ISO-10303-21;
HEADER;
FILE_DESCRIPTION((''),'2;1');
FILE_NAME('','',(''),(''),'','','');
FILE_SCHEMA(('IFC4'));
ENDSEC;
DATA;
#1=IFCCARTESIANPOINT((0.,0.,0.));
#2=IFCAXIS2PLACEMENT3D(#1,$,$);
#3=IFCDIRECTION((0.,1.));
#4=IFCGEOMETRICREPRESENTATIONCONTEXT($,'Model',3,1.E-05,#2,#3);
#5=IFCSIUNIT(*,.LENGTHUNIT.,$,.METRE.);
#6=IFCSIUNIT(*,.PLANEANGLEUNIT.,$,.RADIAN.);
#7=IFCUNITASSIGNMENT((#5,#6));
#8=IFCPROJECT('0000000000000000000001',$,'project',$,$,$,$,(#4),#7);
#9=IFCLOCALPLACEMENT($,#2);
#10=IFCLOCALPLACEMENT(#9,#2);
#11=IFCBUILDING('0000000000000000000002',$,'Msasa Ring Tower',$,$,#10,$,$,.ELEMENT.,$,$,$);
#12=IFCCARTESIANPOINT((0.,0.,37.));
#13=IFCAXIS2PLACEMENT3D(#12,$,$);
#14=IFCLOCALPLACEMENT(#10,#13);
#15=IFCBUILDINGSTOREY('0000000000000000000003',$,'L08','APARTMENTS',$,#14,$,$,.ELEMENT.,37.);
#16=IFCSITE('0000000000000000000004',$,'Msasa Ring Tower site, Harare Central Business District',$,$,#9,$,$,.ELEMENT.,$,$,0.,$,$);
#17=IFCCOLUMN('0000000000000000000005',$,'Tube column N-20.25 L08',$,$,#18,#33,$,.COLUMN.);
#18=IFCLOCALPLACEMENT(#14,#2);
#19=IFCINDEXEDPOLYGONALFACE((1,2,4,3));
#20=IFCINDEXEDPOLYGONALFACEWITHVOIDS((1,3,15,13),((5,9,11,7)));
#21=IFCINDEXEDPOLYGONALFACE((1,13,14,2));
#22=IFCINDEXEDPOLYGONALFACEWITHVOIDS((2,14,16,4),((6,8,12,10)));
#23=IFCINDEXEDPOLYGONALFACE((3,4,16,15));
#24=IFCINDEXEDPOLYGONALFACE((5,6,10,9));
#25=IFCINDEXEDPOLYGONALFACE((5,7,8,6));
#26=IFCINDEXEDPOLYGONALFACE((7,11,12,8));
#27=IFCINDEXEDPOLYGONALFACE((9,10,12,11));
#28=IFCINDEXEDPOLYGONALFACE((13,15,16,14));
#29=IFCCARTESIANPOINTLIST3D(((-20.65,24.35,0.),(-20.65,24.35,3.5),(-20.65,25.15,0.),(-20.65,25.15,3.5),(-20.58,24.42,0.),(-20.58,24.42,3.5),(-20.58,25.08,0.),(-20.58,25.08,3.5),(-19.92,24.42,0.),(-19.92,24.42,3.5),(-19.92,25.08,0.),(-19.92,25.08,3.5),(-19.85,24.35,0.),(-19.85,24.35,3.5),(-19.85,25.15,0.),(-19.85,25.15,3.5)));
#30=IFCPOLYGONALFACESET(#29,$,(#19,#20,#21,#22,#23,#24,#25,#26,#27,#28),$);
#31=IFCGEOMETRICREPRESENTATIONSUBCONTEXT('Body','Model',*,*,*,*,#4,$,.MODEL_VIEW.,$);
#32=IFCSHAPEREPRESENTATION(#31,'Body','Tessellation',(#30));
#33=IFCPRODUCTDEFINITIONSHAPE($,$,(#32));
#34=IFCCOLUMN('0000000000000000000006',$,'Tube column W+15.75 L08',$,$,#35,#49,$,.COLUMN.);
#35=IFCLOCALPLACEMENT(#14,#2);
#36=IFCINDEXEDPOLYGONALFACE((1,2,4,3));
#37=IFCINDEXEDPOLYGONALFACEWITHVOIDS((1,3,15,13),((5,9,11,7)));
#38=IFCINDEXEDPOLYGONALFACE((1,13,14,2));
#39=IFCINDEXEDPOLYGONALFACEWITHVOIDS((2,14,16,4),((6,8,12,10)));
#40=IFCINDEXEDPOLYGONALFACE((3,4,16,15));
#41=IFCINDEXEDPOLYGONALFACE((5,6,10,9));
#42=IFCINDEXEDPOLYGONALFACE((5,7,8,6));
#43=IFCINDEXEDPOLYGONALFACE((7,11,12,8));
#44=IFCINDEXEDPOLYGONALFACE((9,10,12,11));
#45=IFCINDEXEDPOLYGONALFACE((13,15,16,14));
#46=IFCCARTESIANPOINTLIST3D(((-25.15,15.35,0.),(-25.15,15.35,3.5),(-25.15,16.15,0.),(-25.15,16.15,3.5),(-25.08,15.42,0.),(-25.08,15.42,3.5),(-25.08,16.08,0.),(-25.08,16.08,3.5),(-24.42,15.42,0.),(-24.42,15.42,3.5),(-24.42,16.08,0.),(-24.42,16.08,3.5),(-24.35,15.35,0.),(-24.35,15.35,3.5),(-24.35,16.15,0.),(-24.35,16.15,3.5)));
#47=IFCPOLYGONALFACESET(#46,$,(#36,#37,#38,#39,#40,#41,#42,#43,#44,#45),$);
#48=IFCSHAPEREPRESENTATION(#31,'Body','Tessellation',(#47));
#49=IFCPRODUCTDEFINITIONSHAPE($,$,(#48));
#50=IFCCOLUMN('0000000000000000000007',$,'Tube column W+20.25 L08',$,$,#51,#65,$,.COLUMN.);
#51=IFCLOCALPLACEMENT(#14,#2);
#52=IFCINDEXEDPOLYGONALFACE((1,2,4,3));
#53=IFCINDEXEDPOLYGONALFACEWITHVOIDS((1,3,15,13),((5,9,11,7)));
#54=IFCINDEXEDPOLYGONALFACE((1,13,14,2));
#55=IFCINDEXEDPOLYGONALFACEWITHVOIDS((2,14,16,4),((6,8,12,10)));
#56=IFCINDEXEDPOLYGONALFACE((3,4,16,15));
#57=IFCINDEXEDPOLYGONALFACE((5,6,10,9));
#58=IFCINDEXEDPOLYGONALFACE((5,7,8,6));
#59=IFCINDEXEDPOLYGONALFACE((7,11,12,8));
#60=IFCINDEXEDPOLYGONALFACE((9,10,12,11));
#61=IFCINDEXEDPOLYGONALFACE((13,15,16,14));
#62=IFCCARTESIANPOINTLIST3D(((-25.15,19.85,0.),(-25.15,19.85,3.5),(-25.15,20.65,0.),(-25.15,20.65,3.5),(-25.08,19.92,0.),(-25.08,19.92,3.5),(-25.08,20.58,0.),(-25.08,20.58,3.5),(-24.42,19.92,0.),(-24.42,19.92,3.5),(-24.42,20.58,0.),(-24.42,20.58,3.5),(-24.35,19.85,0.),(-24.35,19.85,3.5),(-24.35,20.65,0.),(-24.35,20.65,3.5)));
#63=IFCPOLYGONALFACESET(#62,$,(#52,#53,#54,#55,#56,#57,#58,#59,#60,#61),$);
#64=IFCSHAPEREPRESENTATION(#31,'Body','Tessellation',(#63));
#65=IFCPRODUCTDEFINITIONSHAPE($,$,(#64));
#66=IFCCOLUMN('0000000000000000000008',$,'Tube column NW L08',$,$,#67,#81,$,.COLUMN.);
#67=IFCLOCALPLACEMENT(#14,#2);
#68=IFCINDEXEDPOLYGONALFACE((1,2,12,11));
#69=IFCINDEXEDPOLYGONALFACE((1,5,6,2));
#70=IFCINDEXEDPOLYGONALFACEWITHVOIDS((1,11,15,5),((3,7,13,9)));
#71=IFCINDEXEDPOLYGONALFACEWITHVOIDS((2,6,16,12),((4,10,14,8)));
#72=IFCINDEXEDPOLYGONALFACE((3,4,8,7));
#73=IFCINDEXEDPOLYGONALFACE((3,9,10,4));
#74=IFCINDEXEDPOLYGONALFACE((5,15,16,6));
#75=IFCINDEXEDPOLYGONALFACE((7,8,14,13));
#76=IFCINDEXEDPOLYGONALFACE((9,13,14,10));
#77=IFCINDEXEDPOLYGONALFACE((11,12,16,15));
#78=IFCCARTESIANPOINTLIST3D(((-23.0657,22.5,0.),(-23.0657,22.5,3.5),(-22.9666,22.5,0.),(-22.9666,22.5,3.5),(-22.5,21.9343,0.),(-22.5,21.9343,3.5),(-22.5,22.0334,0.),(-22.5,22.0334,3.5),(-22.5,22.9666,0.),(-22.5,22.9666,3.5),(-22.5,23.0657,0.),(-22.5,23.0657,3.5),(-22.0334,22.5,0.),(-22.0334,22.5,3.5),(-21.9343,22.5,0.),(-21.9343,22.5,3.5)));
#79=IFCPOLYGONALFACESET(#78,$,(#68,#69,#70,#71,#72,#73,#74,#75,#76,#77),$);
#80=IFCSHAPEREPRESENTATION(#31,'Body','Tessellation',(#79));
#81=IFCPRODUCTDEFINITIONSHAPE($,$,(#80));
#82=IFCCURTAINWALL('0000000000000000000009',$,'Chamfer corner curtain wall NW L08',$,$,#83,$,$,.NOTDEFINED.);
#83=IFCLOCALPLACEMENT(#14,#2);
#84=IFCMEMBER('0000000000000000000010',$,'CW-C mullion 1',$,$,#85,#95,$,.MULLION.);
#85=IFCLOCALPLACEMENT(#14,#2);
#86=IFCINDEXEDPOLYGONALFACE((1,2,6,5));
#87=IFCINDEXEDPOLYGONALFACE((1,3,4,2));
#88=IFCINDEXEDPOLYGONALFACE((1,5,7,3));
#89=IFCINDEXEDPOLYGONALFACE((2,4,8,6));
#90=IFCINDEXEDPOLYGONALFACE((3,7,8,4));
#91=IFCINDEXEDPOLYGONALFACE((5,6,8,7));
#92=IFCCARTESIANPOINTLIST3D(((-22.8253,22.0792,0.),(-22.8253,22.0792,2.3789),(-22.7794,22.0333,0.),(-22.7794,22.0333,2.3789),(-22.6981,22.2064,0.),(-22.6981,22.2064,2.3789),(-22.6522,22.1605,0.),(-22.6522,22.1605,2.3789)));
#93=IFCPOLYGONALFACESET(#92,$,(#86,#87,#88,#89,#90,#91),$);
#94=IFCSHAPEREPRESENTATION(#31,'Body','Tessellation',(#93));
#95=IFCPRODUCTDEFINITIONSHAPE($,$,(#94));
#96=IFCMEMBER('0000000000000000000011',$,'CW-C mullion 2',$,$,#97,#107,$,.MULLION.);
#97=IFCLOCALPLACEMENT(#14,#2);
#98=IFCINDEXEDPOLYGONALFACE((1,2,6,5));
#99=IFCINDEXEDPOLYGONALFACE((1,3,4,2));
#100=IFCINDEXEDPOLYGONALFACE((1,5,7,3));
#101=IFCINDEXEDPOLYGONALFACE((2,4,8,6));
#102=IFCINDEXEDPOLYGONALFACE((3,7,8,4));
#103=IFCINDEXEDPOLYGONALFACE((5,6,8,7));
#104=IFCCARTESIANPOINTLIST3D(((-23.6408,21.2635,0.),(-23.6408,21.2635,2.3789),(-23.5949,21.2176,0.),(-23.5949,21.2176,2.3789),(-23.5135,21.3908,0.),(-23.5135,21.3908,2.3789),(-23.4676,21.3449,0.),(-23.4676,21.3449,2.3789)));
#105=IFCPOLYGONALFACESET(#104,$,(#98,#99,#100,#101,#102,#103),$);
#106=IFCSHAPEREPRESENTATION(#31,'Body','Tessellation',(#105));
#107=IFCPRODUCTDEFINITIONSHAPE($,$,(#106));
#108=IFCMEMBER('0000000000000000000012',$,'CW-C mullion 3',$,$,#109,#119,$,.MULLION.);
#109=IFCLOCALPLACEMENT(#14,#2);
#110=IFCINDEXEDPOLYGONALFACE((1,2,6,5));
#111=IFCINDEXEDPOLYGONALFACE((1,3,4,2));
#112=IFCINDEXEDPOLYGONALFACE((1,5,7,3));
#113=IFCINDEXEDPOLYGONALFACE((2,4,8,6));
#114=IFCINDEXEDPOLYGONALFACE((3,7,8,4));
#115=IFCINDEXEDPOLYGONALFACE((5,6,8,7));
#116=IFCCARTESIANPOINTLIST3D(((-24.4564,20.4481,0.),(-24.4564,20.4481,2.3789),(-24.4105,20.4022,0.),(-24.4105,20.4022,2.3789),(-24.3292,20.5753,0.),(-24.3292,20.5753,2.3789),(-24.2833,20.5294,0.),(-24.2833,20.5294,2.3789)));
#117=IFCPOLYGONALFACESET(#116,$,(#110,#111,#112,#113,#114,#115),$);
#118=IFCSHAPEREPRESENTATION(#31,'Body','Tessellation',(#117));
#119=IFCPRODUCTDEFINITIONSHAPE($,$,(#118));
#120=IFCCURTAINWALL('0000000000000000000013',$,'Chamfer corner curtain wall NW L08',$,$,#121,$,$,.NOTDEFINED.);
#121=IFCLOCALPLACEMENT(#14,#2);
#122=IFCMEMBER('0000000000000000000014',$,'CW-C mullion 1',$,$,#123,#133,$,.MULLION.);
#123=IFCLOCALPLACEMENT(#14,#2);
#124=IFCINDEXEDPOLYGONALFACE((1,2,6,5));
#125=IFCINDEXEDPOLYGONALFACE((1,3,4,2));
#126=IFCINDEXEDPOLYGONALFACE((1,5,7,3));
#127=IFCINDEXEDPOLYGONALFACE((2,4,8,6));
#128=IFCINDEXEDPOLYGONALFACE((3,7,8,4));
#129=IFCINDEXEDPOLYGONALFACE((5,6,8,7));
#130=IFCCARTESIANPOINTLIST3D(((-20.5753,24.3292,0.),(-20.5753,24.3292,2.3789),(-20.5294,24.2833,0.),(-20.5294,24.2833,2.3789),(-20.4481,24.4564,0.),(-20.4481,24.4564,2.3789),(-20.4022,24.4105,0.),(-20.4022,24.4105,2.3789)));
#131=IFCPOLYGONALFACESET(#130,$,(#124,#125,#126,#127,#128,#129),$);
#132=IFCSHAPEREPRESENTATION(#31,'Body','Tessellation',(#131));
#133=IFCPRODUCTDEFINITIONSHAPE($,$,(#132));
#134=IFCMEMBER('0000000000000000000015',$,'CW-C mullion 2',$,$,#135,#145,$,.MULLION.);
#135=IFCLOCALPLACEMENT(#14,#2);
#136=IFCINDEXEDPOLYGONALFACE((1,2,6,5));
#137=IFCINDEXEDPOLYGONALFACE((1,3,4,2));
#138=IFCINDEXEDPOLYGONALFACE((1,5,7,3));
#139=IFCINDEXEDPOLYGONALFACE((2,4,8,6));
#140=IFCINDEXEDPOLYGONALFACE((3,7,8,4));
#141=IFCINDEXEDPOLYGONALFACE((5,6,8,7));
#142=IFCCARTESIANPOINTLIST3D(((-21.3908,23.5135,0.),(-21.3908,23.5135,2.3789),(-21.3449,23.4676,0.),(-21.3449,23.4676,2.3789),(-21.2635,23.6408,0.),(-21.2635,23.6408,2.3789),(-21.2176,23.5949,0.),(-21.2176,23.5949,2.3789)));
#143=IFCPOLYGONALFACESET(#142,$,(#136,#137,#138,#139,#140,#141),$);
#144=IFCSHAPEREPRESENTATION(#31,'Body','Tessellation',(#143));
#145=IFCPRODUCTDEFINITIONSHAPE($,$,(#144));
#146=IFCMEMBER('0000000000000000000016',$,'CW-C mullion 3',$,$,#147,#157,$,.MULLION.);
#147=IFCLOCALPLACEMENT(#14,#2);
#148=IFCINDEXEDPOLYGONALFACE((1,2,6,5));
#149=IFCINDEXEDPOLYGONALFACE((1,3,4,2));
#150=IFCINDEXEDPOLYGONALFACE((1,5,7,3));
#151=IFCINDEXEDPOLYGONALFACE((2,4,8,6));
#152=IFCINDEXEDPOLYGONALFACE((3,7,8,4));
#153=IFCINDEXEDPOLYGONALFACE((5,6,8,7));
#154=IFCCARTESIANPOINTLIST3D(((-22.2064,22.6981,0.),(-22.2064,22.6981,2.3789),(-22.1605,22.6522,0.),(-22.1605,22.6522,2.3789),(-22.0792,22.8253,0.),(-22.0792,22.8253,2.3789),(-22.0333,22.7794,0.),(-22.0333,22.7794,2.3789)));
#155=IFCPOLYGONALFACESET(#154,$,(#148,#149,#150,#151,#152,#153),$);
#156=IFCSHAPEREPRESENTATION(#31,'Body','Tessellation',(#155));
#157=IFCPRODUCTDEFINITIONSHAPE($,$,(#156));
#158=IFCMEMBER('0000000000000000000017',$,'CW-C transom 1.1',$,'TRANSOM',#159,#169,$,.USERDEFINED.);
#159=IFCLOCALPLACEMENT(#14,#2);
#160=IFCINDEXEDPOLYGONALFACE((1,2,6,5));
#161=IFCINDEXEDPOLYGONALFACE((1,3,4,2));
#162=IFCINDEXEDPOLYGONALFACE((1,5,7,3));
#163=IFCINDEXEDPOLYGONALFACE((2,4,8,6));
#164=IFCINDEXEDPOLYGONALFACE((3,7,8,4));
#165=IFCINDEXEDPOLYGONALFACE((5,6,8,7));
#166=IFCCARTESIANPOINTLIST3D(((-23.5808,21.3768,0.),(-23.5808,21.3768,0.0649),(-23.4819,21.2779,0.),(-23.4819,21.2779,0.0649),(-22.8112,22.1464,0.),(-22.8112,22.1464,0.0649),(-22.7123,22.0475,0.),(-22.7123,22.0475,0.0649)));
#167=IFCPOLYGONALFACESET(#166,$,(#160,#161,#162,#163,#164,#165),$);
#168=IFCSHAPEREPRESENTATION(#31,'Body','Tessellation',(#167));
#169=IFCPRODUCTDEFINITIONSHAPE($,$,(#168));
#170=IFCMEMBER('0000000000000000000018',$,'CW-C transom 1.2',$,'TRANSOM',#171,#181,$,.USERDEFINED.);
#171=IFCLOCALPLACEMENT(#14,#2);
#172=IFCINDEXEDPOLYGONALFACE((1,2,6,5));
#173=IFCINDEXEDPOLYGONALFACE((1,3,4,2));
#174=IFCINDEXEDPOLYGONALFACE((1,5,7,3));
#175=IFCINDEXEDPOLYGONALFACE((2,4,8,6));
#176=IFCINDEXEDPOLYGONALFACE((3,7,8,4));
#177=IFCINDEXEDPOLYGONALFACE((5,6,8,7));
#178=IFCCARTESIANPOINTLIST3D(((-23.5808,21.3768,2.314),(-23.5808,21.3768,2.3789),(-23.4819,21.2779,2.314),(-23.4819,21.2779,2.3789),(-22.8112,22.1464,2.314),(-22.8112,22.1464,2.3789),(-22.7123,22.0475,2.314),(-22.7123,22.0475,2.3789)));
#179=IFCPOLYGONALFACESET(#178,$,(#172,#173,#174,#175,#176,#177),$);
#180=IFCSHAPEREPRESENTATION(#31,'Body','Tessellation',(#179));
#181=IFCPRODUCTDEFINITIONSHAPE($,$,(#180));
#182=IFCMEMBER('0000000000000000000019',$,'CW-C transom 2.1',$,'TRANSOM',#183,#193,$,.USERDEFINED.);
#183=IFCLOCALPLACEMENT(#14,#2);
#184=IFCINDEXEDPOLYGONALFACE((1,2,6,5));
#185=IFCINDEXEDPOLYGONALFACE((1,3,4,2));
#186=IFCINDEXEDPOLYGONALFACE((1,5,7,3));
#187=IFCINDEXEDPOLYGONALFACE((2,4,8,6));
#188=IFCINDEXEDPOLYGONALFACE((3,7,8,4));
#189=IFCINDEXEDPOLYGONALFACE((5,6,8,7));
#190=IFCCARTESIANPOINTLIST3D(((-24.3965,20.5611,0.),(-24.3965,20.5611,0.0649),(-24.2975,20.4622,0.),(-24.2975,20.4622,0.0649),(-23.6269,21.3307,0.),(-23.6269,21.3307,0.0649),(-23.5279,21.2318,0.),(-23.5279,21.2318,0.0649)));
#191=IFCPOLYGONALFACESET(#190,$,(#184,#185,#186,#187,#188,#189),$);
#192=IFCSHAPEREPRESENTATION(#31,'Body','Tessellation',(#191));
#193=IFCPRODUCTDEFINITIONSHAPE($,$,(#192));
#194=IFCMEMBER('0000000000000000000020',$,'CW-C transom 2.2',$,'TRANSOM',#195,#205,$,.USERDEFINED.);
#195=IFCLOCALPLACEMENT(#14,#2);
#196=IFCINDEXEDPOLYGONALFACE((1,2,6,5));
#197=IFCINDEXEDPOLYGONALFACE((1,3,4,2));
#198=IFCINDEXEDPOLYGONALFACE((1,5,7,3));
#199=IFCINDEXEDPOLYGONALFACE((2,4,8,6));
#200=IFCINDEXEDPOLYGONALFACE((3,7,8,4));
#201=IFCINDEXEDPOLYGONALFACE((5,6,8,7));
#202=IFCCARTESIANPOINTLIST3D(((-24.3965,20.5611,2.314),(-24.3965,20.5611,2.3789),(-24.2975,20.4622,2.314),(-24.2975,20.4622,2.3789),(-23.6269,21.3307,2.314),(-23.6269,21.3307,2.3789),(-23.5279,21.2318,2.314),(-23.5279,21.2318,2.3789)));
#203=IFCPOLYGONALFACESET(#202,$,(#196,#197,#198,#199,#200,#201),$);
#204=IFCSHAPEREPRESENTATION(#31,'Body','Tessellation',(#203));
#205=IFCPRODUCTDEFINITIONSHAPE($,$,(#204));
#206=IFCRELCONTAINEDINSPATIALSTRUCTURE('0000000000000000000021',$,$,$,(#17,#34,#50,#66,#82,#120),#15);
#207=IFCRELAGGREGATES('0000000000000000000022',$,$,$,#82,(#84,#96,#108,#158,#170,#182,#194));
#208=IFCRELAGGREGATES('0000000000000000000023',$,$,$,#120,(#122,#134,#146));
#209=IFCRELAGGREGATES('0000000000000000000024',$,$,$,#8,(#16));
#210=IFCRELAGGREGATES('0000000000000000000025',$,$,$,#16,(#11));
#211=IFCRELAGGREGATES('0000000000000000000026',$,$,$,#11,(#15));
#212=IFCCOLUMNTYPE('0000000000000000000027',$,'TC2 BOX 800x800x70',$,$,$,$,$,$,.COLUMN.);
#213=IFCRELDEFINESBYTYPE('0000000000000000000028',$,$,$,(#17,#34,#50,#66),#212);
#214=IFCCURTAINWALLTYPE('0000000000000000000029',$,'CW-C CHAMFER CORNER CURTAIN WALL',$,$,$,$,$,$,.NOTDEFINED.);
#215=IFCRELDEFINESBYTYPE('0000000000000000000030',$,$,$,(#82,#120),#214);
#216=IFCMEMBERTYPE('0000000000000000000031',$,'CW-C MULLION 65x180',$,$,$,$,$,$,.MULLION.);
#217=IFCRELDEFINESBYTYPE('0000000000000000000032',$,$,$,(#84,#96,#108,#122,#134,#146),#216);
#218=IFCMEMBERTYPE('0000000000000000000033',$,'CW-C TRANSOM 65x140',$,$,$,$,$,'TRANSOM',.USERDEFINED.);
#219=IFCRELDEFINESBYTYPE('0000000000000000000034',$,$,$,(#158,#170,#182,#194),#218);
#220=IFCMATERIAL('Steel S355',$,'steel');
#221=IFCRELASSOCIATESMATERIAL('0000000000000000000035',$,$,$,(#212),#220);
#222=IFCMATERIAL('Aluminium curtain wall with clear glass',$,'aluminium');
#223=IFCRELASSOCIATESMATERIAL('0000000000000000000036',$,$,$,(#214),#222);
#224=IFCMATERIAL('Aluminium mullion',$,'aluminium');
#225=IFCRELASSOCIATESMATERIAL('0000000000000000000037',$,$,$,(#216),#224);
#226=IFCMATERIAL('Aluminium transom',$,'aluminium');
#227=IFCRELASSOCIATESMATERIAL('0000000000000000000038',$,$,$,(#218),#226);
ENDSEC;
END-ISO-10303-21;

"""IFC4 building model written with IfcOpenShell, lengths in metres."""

from ifc_helpers import new_model, si_unit, direction, frame, origin, origin_2d, place, context, subcontext, project, spatial, rectangle, hollow_rectangle, extrude, material, material_profile, profile_set, type_object, element, aggregate, save


model = new_model("IFC4")

# Units and contexts
model_context = context("Model", 3, precision=1e-05, world=origin(), true_north=direction((0.0, 1.0)))
body_context = subcontext(model_context, "Body", "Model", "MODEL_VIEW")
ifc_project = project(units=[si_unit("LENGTHUNIT", "METRE"), si_unit("PLANEANGLEUNIT", "RADIAN")], contexts=[model_context])

# Site, building, storey
site_placement = place(None, origin())
site = spatial("IfcSite", under=ifc_project, at=site_placement, Name="Msasa Ring Tower site, Harare Central Business District", CompositionType="ELEMENT", RefElevation=0.0)
building_placement = place(site_placement, origin())
building = spatial("IfcBuilding", under=site, at=building_placement, Name="Msasa Ring Tower", CompositionType="ELEMENT")
storey_placement = place(building_placement, frame((0.0, 0.0, 37.0)))
storey = spatial("IfcBuildingStorey", under=building, at=storey_placement, Name="L08", Description="APARTMENTS", CompositionType="ELEMENT", Elevation=37.0)

# Columns
ifc_material_1 = material(Name="Steel S355", Category="steel")
ifc_material_profile_1 = material_profile(ifc_material_1, hollow_rectangle(XDim=0.8, YDim=0.8, WallThickness=0.0701, at=origin_2d()), Name="BOX 800x800x70")
ifc_profile_set_1 = profile_set([ifc_material_profile_1], Name="Steel S355")
column_type = type_object("IfcColumnType", Name="TC2 BOX 800x800x70", PredefinedType="COLUMN", material=ifc_profile_set_1)
for number, where, z_axis, x_axis, name in (
    (1, (-20.25, 24.75, 0.0), (0.0, 0.0, 1.0), (0.0, 1.0, 0.0), "Tube column N-20.25 L08"),
    (2, (-24.75, 15.75, 0.0), (0.0, 0.0, 1.0), (1.0, 0.0, 0.0), "Tube column W+15.75 L08"),
    (3, (-24.75, 20.25, 0.0), (0.0, 0.0, 1.0), (1.0, 0.0, 0.0), "Tube column W+20.25 L08"),
    (4, (-22.5, 22.5, 0.0), (0.0, 0.0, 1.0), (0.707107, -0.707107, 0.0), "Tube column NW L08"),
):
    element("IfcColumn", number, at=place(storey_placement, frame(where, z_axis=z_axis, x_axis=x_axis)), inside=storey, type_object=column_type, Name=name, PredefinedType="COLUMN", context=body_context, shape_type="SweptSolid", body=[
        extrude(hollow_rectangle(XDim=0.8, YDim=0.8, WallThickness=0.0701, at=origin_2d()), origin(), (0.0, 0.0, 1.0), 3.5),
    ])

# Curtain walls, members
ifc_material_2 = material(Name="Aluminium curtain wall with clear glass", Category="aluminium")
curtain_wall_type = type_object("IfcCurtainWallType", Name="CW-C CHAMFER CORNER CURTAIN WALL", PredefinedType="NOTDEFINED", material=ifc_material_2)
curtain_wall_1_placement = place(storey_placement, origin())
curtain_wall_1 = element("IfcCurtainWall", 5, at=curtain_wall_1_placement, inside=storey, type_object=curtain_wall_type, Name="Chamfer corner curtain wall NW L08", PredefinedType="NOTDEFINED")
ifc_material_3 = material(Name="Aluminium mullion", Category="aluminium")
ifc_material_profile_2 = material_profile(ifc_material_3, rectangle(XDim=0.0649, YDim=0.1799, at=origin_2d()), Name="AL 65x180")
ifc_profile_set_2 = profile_set([ifc_material_profile_2], Name="Aluminium mullion")
member_type_1 = type_object("IfcMemberType", Name="CW-C MULLION 65x180", PredefinedType="MULLION", material=ifc_profile_set_2)
member_1_placement = place(storey_placement, frame((-22.7388, 22.1199, 0.0), z_axis=(0.0, 0.0, 1.0), x_axis=(0.707107, -0.707107, 0.0)))
member_1 = element("IfcMember", 6, at=member_1_placement, type_object=member_type_1, Name="CW-C mullion 1", PredefinedType="MULLION", context=body_context, shape_type="SweptSolid", body=[
    extrude(rectangle(XDim=0.0649, YDim=0.1799, at=origin_2d()), origin(), (0.0, 0.0, 1.0), 2.3789),
])
member_2_placement = place(storey_placement, frame((-23.5542, 21.3042, 0.0), z_axis=(0.0, 0.0, 1.0), x_axis=(0.707107, -0.707107, 0.0)))
member_2 = element("IfcMember", 7, at=member_2_placement, type_object=member_type_1, Name="CW-C mullion 2", PredefinedType="MULLION", context=body_context, shape_type="SweptSolid", body=[
    extrude(rectangle(XDim=0.0649, YDim=0.1799, at=origin_2d()), origin(), (0.0, 0.0, 1.0), 2.3789),
])
member_3_placement = place(storey_placement, frame((-24.3699, 20.4888, 0.0), z_axis=(0.0, 0.0, 1.0), x_axis=(0.707107, -0.707107, 0.0)))
member_3 = element("IfcMember", 8, at=member_3_placement, type_object=member_type_1, Name="CW-C mullion 3", PredefinedType="MULLION", context=body_context, shape_type="SweptSolid", body=[
    extrude(rectangle(XDim=0.0649, YDim=0.1799, at=origin_2d()), origin(), (0.0, 0.0, 1.0), 2.3789),
])
curtain_wall_2_placement = place(storey_placement, origin())
curtain_wall_2 = element("IfcCurtainWall", 9, at=curtain_wall_2_placement, inside=storey, type_object=curtain_wall_type, Name="Chamfer corner curtain wall NW L08", PredefinedType="NOTDEFINED")
member_4_placement = place(storey_placement, frame((-20.4888, 24.3699, 0.0), z_axis=(0.0, 0.0, 1.0), x_axis=(0.707107, -0.707107, 0.0)))
member_4 = element("IfcMember", 10, at=member_4_placement, type_object=member_type_1, Name="CW-C mullion 1", PredefinedType="MULLION", context=body_context, shape_type="SweptSolid", body=[
    extrude(rectangle(XDim=0.0649, YDim=0.1799, at=origin_2d()), origin(), (0.0, 0.0, 1.0), 2.3789),
])
member_5_placement = place(storey_placement, frame((-21.3042, 23.5542, 0.0), z_axis=(0.0, 0.0, 1.0), x_axis=(0.707107, -0.707107, 0.0)))
member_5 = element("IfcMember", 11, at=member_5_placement, type_object=member_type_1, Name="CW-C mullion 2", PredefinedType="MULLION", context=body_context, shape_type="SweptSolid", body=[
    extrude(rectangle(XDim=0.0649, YDim=0.1799, at=origin_2d()), origin(), (0.0, 0.0, 1.0), 2.3789),
])
member_6_placement = place(storey_placement, frame((-22.1199, 22.7388, 0.0), z_axis=(0.0, 0.0, 1.0), x_axis=(0.707107, -0.707107, 0.0)))
member_6 = element("IfcMember", 12, at=member_6_placement, type_object=member_type_1, Name="CW-C mullion 3", PredefinedType="MULLION", context=body_context, shape_type="SweptSolid", body=[
    extrude(rectangle(XDim=0.0649, YDim=0.1799, at=origin_2d()), origin(), (0.0, 0.0, 1.0), 2.3789),
])

# Members
ifc_material_4 = material(Name="Aluminium transom", Category="aluminium")
ifc_material_profile_3 = material_profile(ifc_material_4, rectangle(XDim=0.1399, YDim=0.0649, at=origin_2d()), Name="AL 65x140")
ifc_profile_set_3 = profile_set([ifc_material_profile_3], Name="Aluminium transom")
member_type_2 = type_object("IfcMemberType", Name="CW-C TRANSOM 65x140", ElementType="TRANSOM", PredefinedType="USERDEFINED", material=ifc_profile_set_3)
member_7_placement = place(storey_placement, frame((-22.7617, 22.0969, 0.0325), z_axis=(-0.707107, -0.707107, 0.0), x_axis=(0.707107, -0.707107, 0.0)))
member_7 = element("IfcMember", 13, at=member_7_placement, type_object=member_type_2, Name="CW-C transom 1.1", ObjectType="TRANSOM", PredefinedType="USERDEFINED", context=body_context, shape_type="SweptSolid", body=[
    extrude(rectangle(XDim=0.1399, YDim=0.0649, at=origin_2d()), origin(), (0.0, 0.0, 1.0), 1.0884),
])
member_8_placement = place(storey_placement, frame((-22.7617, 22.0969, 2.3464), z_axis=(-0.707107, -0.707107, 0.0), x_axis=(0.707107, -0.707107, 0.0)))
member_8 = element("IfcMember", 14, at=member_8_placement, type_object=member_type_2, Name="CW-C transom 1.2", ObjectType="TRANSOM", PredefinedType="USERDEFINED", context=body_context, shape_type="SweptSolid", body=[
    extrude(rectangle(XDim=0.1399, YDim=0.0649, at=origin_2d()), origin(), (0.0, 0.0, 1.0), 1.0884),
])
member_9_placement = place(storey_placement, frame((-23.5774, 21.2812, 0.0325), z_axis=(-0.707107, -0.707107, 0.0), x_axis=(0.707107, -0.707107, 0.0)))
member_9 = element("IfcMember", 15, at=member_9_placement, type_object=member_type_2, Name="CW-C transom 2.1", ObjectType="TRANSOM", PredefinedType="USERDEFINED", context=body_context, shape_type="SweptSolid", body=[
    extrude(rectangle(XDim=0.1399, YDim=0.0649, at=origin_2d()), origin(), (0.0, 0.0, 1.0), 1.0884),
])
member_10_placement = place(storey_placement, frame((-23.5774, 21.2812, 2.3464), z_axis=(-0.707107, -0.707107, 0.0), x_axis=(0.707107, -0.707107, 0.0)))
member_10 = element("IfcMember", 16, at=member_10_placement, type_object=member_type_2, Name="CW-C transom 2.2", ObjectType="TRANSOM", PredefinedType="USERDEFINED", context=body_context, shape_type="SweptSolid", body=[
    extrude(rectangle(XDim=0.1399, YDim=0.0649, at=origin_2d()), origin(), (0.0, 0.0, 1.0), 1.0884),
])

aggregate(curtain_wall_1, [member_1, member_2, member_3, member_7, member_8, member_9, member_10])
aggregate(curtain_wall_2, [member_4, member_5, member_6])

save(model, "model.ifc")
